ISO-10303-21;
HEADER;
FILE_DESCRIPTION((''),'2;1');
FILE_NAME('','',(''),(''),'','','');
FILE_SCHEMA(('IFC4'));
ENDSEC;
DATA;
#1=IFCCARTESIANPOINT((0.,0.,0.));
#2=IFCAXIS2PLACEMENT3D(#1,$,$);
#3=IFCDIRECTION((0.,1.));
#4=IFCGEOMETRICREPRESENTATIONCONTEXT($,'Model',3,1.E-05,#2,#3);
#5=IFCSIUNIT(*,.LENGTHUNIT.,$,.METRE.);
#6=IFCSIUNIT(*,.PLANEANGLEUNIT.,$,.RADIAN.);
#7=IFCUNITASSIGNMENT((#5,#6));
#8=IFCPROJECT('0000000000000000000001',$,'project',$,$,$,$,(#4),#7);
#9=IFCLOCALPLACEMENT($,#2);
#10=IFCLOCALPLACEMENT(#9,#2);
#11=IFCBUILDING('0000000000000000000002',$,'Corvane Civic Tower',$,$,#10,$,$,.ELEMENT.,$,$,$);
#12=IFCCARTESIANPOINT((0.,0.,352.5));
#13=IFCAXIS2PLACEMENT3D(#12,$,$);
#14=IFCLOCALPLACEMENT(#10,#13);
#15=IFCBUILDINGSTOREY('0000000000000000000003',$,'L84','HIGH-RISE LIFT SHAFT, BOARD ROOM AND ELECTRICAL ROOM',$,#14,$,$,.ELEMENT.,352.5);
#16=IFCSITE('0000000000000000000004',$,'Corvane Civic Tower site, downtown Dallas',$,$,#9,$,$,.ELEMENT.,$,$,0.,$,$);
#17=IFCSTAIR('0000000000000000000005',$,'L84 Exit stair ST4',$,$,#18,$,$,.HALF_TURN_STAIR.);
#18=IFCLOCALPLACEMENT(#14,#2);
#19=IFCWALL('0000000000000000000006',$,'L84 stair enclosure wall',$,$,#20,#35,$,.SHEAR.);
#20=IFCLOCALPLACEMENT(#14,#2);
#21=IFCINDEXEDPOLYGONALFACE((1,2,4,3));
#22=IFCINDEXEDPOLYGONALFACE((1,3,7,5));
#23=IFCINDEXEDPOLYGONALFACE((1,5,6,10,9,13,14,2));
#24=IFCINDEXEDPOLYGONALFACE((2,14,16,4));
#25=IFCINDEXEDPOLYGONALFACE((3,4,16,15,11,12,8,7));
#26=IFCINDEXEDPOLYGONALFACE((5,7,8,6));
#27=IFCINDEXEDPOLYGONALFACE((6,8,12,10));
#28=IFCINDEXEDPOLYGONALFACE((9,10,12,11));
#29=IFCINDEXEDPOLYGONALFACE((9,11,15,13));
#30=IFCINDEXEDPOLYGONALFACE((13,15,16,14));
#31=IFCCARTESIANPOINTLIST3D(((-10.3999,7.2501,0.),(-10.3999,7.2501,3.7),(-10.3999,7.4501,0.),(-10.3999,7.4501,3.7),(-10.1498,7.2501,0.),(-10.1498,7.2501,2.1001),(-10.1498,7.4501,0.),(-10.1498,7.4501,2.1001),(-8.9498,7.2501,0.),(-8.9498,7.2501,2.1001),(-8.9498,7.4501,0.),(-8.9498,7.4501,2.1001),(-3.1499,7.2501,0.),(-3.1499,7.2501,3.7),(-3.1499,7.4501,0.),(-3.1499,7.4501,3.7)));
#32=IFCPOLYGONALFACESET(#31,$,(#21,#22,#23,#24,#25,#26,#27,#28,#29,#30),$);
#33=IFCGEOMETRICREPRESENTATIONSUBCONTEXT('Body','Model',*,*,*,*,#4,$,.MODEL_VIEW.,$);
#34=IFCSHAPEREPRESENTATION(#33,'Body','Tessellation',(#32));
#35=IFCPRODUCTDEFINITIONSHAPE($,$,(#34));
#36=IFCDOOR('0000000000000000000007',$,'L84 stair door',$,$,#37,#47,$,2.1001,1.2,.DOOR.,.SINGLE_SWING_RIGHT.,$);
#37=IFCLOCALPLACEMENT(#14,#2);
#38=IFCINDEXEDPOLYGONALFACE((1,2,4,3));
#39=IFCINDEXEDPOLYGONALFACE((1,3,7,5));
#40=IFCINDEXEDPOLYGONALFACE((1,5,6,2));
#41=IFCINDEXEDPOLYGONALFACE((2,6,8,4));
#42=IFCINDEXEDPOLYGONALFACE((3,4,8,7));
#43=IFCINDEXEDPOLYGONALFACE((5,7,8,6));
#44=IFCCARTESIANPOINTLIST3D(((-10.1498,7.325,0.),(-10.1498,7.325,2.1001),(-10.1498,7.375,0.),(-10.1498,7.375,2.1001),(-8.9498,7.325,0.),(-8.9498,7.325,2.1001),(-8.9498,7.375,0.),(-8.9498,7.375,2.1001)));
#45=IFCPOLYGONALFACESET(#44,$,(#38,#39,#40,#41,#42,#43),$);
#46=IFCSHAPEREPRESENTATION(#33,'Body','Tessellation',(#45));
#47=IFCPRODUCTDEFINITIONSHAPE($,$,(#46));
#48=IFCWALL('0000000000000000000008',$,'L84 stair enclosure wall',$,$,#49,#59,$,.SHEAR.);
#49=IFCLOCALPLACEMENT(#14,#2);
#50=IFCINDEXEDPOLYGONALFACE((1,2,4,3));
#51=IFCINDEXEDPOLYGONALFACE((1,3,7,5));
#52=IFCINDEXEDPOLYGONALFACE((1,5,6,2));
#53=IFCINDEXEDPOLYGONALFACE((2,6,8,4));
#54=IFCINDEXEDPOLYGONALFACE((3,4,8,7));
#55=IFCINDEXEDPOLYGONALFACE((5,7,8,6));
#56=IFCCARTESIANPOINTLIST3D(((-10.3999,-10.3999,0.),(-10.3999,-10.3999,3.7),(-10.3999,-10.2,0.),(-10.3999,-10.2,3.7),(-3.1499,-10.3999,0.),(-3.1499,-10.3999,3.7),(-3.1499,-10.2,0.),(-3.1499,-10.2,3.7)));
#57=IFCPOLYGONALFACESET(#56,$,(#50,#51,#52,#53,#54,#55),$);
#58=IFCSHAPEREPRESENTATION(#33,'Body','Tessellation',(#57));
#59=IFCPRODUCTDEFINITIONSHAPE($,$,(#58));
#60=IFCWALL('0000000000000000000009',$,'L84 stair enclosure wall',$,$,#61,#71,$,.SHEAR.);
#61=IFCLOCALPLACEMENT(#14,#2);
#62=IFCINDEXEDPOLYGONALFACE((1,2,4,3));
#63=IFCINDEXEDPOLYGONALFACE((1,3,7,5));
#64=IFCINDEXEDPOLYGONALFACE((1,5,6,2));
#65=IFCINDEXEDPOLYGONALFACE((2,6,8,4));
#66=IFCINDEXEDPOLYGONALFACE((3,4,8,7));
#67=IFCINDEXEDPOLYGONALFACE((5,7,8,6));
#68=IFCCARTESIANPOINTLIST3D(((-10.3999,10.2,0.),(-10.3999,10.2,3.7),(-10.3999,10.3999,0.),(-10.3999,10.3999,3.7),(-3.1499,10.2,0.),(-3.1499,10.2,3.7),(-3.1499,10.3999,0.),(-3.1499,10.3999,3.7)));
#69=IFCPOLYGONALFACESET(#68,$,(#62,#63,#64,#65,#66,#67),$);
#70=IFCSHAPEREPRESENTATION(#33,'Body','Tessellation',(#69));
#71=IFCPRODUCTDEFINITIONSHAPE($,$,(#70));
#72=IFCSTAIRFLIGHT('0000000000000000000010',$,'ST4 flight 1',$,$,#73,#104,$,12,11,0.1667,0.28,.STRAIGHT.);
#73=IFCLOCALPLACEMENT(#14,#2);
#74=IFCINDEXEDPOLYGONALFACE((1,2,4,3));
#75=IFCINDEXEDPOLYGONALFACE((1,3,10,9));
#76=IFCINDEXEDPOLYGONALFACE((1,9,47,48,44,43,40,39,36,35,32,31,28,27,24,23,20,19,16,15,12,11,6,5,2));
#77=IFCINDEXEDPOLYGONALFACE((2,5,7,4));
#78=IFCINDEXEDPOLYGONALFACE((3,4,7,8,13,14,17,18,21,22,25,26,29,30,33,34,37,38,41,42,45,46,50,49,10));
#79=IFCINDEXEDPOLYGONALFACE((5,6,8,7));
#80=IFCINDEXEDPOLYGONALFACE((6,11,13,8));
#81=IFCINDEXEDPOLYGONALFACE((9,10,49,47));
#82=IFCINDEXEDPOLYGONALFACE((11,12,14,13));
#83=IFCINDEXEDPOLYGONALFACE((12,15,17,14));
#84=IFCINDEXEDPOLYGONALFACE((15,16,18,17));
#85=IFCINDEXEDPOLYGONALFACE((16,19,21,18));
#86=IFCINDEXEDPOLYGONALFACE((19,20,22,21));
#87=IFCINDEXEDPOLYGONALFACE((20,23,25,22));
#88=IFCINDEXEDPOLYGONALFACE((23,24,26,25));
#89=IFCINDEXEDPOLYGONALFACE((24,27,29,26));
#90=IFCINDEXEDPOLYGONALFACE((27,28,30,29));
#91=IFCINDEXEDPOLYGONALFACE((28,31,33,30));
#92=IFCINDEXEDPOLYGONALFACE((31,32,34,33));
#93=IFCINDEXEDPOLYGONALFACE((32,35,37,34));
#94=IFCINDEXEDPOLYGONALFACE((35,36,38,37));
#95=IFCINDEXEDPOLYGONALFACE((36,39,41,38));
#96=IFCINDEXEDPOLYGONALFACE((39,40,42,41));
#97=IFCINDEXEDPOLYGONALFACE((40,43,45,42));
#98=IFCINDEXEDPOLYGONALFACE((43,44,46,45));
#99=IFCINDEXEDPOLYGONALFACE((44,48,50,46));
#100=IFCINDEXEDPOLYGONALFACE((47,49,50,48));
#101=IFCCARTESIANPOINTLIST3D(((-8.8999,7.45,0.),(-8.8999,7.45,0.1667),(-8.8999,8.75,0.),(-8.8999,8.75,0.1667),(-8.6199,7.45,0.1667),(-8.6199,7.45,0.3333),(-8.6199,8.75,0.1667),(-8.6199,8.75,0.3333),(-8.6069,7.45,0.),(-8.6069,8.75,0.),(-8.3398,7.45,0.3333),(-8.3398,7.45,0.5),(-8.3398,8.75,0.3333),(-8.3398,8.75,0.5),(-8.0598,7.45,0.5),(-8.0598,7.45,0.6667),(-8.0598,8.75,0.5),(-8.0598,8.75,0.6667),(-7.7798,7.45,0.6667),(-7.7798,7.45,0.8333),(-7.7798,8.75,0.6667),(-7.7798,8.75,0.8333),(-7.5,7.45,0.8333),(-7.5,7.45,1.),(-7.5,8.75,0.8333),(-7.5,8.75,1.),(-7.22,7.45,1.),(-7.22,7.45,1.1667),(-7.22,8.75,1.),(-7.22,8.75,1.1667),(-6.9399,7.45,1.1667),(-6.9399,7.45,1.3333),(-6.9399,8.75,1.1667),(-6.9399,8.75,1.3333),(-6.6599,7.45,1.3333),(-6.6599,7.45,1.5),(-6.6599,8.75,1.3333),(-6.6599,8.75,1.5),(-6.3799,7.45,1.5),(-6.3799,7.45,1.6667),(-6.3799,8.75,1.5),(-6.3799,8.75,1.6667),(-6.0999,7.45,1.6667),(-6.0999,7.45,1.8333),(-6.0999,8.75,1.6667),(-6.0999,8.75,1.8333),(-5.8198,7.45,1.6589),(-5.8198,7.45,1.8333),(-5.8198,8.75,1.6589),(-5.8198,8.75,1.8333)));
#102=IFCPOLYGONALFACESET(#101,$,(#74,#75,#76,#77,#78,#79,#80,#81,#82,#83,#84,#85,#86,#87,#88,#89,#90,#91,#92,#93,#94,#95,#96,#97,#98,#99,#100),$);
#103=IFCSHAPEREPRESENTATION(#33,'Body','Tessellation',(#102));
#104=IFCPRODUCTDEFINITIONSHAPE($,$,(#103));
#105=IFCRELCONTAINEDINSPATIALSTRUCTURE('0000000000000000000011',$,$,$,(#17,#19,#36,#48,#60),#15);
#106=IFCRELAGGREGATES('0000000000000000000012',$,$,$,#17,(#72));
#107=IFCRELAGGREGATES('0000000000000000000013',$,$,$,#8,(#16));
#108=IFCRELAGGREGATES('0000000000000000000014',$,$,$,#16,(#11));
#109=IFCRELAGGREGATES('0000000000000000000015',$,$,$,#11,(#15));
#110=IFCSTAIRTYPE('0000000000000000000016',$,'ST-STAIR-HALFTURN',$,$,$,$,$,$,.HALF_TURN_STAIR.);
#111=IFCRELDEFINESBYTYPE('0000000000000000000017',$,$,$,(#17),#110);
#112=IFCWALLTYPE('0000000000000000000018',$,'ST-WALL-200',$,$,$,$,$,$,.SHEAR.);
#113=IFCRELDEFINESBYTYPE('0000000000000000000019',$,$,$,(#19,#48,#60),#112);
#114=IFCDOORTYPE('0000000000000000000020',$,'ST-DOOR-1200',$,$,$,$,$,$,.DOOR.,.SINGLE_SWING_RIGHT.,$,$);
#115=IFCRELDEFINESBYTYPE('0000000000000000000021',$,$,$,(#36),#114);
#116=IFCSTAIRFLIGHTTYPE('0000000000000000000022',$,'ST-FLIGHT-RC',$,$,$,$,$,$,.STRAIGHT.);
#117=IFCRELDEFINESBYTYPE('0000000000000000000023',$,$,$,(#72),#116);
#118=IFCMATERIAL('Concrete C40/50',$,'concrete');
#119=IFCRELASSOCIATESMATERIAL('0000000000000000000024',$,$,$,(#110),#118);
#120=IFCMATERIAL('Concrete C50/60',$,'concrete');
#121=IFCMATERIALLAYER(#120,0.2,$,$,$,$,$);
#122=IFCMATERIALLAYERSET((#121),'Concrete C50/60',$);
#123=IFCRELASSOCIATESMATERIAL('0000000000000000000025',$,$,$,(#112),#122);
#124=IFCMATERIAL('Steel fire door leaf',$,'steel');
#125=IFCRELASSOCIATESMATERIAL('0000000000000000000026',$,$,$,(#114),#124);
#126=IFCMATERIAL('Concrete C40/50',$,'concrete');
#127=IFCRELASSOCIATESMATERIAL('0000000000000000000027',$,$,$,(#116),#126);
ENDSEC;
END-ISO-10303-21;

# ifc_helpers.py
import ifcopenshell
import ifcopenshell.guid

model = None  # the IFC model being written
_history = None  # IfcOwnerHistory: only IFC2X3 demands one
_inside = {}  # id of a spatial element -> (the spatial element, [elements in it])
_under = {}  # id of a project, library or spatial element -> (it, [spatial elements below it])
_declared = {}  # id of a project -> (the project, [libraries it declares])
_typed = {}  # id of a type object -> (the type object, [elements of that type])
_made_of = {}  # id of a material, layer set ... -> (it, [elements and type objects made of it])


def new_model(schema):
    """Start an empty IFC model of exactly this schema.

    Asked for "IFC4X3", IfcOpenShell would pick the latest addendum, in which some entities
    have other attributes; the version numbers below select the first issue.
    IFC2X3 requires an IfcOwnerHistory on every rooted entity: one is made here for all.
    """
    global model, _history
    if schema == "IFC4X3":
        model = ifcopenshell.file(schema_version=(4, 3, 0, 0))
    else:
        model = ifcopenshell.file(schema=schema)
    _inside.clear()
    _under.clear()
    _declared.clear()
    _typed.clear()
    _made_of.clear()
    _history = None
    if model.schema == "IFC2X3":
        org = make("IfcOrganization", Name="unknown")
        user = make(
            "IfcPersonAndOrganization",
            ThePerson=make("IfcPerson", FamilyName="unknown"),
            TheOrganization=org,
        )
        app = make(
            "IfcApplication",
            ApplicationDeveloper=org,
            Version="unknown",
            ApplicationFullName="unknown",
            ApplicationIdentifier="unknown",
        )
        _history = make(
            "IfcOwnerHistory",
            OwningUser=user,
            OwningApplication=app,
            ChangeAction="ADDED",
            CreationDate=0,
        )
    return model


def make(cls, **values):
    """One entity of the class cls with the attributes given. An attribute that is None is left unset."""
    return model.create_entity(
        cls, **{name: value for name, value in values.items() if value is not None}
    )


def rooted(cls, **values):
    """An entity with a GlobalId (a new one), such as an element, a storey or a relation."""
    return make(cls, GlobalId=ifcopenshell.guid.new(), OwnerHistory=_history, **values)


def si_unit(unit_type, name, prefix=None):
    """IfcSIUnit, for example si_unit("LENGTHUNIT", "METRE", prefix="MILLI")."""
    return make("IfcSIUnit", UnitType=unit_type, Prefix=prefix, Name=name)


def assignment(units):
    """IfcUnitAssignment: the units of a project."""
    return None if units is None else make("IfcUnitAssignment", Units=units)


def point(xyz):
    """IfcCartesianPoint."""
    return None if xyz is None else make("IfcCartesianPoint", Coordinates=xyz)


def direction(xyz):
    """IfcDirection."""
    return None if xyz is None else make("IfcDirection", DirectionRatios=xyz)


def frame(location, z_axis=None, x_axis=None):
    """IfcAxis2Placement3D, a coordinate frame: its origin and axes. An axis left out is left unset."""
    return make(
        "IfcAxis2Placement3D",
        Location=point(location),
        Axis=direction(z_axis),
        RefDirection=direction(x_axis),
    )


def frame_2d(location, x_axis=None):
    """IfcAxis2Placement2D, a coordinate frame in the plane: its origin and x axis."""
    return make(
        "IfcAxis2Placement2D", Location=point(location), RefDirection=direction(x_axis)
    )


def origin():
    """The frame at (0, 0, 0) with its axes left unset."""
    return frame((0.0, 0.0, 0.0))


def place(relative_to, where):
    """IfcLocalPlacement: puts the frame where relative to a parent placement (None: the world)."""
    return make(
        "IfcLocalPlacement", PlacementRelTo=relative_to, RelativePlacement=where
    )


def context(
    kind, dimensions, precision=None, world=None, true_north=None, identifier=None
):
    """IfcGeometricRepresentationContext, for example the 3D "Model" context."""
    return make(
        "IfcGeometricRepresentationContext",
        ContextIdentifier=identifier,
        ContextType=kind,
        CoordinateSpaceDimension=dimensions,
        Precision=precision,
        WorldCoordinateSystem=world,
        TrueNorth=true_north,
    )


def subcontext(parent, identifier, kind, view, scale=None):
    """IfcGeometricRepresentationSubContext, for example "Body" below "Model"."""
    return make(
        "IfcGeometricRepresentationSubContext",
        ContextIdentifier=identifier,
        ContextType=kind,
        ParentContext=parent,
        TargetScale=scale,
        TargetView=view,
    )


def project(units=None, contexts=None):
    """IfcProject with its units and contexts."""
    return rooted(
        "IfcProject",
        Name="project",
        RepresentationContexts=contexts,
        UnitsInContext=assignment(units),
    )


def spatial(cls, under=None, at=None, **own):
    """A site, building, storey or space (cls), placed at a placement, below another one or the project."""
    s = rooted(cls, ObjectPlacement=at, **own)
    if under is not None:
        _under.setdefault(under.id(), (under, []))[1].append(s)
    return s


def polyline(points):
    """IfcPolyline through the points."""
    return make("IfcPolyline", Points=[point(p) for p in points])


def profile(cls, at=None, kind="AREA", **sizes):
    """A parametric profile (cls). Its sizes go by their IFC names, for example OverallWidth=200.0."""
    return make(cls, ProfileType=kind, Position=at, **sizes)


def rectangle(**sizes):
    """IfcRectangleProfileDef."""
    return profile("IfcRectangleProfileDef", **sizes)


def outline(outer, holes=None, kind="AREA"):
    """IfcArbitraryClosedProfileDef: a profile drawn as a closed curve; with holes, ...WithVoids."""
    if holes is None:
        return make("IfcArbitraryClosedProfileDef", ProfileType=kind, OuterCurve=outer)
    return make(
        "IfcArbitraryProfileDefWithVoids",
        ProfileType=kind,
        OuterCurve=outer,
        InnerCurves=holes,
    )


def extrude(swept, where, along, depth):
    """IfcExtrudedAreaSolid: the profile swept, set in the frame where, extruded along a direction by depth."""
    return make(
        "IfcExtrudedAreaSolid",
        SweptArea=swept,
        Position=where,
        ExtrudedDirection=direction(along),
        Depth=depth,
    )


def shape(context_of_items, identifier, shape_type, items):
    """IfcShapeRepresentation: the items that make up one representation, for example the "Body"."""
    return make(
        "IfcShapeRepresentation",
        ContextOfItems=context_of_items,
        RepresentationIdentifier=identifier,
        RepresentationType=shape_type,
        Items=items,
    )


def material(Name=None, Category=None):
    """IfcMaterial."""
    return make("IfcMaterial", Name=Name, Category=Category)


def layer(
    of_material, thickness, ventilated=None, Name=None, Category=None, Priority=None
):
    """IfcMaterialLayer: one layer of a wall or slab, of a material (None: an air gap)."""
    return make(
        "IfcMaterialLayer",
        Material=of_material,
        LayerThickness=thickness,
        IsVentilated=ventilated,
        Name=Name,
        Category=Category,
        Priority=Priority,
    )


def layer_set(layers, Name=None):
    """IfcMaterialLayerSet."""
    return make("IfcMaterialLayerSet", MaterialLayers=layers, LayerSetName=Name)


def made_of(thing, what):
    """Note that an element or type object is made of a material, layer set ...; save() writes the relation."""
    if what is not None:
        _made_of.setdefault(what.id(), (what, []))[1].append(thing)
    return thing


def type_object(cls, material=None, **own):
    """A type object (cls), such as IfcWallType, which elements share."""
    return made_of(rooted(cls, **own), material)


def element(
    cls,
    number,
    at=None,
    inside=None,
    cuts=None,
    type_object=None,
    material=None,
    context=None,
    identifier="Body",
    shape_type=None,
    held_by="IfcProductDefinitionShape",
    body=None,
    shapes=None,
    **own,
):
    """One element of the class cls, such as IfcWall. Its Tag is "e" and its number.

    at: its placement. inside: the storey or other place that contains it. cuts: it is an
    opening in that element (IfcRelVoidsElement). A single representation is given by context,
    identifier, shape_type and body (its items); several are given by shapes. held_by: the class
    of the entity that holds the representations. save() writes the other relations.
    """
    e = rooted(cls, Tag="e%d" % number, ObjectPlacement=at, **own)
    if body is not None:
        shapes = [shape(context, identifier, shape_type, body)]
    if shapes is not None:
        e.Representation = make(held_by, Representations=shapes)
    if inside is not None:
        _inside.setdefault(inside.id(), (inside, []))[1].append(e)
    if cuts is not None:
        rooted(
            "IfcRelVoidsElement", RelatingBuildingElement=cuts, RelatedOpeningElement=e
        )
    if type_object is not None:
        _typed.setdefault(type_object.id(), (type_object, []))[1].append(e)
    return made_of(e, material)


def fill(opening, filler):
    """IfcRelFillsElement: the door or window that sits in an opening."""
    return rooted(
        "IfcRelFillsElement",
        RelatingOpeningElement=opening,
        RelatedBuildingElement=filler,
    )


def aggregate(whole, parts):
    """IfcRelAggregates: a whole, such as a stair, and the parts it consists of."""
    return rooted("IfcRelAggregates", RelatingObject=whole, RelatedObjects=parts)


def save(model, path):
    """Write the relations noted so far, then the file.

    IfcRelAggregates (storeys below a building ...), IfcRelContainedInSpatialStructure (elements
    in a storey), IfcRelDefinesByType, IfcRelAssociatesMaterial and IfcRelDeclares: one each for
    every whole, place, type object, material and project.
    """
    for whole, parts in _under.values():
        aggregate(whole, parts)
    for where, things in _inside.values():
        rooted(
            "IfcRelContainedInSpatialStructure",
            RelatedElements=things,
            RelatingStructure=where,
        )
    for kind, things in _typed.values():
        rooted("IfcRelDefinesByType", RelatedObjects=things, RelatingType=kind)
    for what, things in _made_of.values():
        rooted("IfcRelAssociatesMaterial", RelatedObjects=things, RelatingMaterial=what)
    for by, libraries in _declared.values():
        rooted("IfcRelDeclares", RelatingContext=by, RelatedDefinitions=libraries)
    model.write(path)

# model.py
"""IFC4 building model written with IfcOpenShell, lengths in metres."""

from ifc_helpers import new_model, si_unit, direction, frame, frame_2d, origin, place, context, subcontext, project, spatial, polyline, rectangle, outline, extrude, material, layer, layer_set, type_object, element, fill, aggregate, save


model = new_model("IFC4")

# Units and contexts
model_context = context("Model", 3, precision=1e-05, world=origin(), true_north=direction((0.0, 1.0)))
body_context = subcontext(model_context, "Body", "Model", "MODEL_VIEW")
ifc_project = project(units=[si_unit("LENGTHUNIT", "METRE"), si_unit("PLANEANGLEUNIT", "RADIAN")], contexts=[model_context])

# Site, building, storey
site_placement = place(None, origin())
site = spatial("IfcSite", under=ifc_project, at=site_placement, Name="Corvane Civic Tower site, downtown Dallas", CompositionType="ELEMENT", RefElevation=0.0)
building_placement = place(site_placement, origin())
building = spatial("IfcBuilding", under=site, at=building_placement, Name="Corvane Civic Tower", CompositionType="ELEMENT")
storey_placement = place(building_placement, frame((0.0, 0.0, 352.5)))
storey = spatial("IfcBuildingStorey", under=building, at=storey_placement, Name="L84", Description="HIGH-RISE LIFT SHAFT, BOARD ROOM AND ELECTRICAL ROOM", CompositionType="ELEMENT", Elevation=352.5)

# Stair
ifc_material_1 = material(Name="Concrete C40/50", Category="concrete")
stair_type = type_object("IfcStairType", Name="ST-STAIR-HALFTURN", PredefinedType="HALF_TURN_STAIR", material=ifc_material_1)
stair_1_placement = place(storey_placement, origin())
stair_1 = element("IfcStair", 1, at=stair_1_placement, inside=storey, type_object=stair_type, Name="L84 Exit stair ST4", PredefinedType="HALF_TURN_STAIR")

# Wall, opening, door
ifc_material_2 = material(Name="Concrete C50/60", Category="concrete")
ifc_layer_1 = layer(ifc_material_2, 0.2)
ifc_layer_set_1 = layer_set([ifc_layer_1], Name="Concrete C50/60")
wall_type_1 = type_object("IfcWallType", Name="ST-WALL-200", PredefinedType="SHEAR", material=ifc_layer_set_1)
wall_1_placement = place(storey_placement, frame((-10.3999, 7.3501, 0.0), z_axis=(0.0, 0.0, 1.0), x_axis=(1.0, 0.0, 0.0)))
wall_1 = element("IfcWall", 2, at=wall_1_placement, inside=storey, type_object=wall_type_1, Name="L84 stair enclosure wall", PredefinedType="SHEAR", context=body_context, shape_type="SweptSolid", body=[
    extrude(rectangle(XDim=7.25, YDim=0.2, at=frame_2d((3.625, 0.0))), origin(), (0.0, 0.0, 1.0), 3.7),
])
opening_1_placement = place(wall_1_placement, frame((0.25, 0.0, 0.0)))
opening_1 = element("IfcOpeningElement", 3, at=opening_1_placement, cuts=wall_1, PredefinedType="OPENING", context=body_context, shape_type="SweptSolid", body=[
    extrude(rectangle(XDim=1.2, YDim=2.1001, at=frame_2d((0.6001, 1.05))), frame((0.0, 0.1099, 0.0), z_axis=(0.0, -1.0, 0.0), x_axis=(1.0, 0.0, 0.0)), (0.0, 0.0, 1.0), 0.22),
])
ifc_material_3 = material(Name="Steel fire door leaf", Category="steel")
door_type_1 = type_object("IfcDoorType", Name="ST-DOOR-1200", OperationType="SINGLE_SWING_RIGHT", PredefinedType="DOOR", material=ifc_material_3)
door_1_placement = place(opening_1_placement, origin())
door_1 = element("IfcDoor", 4, at=door_1_placement, inside=storey, type_object=door_type_1, Name="L84 stair door", OperationType="SINGLE_SWING_RIGHT", OverallHeight=2.1001, OverallWidth=1.2, PredefinedType="DOOR", context=body_context, shape_type="SweptSolid", body=[
    extrude(rectangle(XDim=1.2, YDim=2.1001, at=frame_2d((0.6001, 1.05))), frame((0.0, 0.0249, 0.0), z_axis=(0.0, -1.0, 0.0), x_axis=(1.0, 0.0, 0.0)), (0.0, 0.0, 1.0), 0.05),
])
fill(opening_1, door_1)

# Walls
wall_2_placement = place(storey_placement, origin())
element("IfcWall", 5, at=wall_2_placement, inside=storey, type_object=wall_type_1, Name="L84 stair enclosure wall", PredefinedType="SHEAR", context=body_context, shape_type="SweptSolid", body=[
    extrude(outline(polyline([(-3.1499, -10.2), (-3.1499, -10.3999), (-10.3999, -10.3999), (-10.3999, -10.2), (-3.1499, -10.2)])), origin(), (0.0, 0.0, 1.0), 3.7),
])
wall_3_placement = place(storey_placement, origin())
element("IfcWall", 6, at=wall_3_placement, inside=storey, type_object=wall_type_1, Name="L84 stair enclosure wall", PredefinedType="SHEAR", context=body_context, shape_type="SweptSolid", body=[
    extrude(outline(polyline([(-3.1499, 10.2), (-10.3999, 10.2), (-10.3999, 10.3999), (-3.1499, 10.3999), (-3.1499, 10.2)])), origin(), (0.0, 0.0, 1.0), 3.7),
])

# Stair flight
ifc_material_4 = material(Name="Concrete C40/50", Category="concrete")
stair_flight_type = type_object("IfcStairFlightType", Name="ST-FLIGHT-RC", PredefinedType="STRAIGHT", material=ifc_material_4)
stair_flight_placement = place(storey_placement, frame((-8.8999, 8.1001, 0.0), z_axis=(0.0, 0.0, 1.0), x_axis=(1.0, 0.0, 0.0)))
stair_flight = element("IfcStairFlight", 7, at=stair_flight_placement, type_object=stair_flight_type, Name="ST4 flight 1", NumberOfRisers=12, NumberOfTreads=11, PredefinedType="STRAIGHT", RiserHeight=0.1667, TreadLength=0.28, context=body_context, shape_type="SweptSolid", body=[
    extrude(outline(polyline([(0.0, 0.0), (0.0, 0.1667), (0.28, 0.1667), (0.28, 0.3333), (0.5601, 0.3333), (0.5601, 0.5), (0.8401, 0.5), (0.8401, 0.6667), (1.1201, 0.6667), (1.1201, 0.8333), (1.3999, 0.8333), (1.3999, 1.0), (1.6799, 1.0), (1.6799, 1.1667), (1.96, 1.1667), (1.96, 1.3333), (2.24, 1.3333), (2.24, 1.5), (2.52, 1.5), (2.52, 1.6667), (2.8, 1.6667), (2.8, 1.8333), (3.0801, 1.8333), (3.0801, 2.0), (3.0801, 1.6589), (0.293, 0.0), (0.0, 0.0)])), frame((0.0, 0.6499, 0.0), z_axis=(0.0, -1.0, 0.0), x_axis=(1.0, 0.0, 0.0)), (0.0, 0.0, 1.0), 1.3),
])
aggregate(stair_1, [stair_flight])

save(model, "model.ifc")
